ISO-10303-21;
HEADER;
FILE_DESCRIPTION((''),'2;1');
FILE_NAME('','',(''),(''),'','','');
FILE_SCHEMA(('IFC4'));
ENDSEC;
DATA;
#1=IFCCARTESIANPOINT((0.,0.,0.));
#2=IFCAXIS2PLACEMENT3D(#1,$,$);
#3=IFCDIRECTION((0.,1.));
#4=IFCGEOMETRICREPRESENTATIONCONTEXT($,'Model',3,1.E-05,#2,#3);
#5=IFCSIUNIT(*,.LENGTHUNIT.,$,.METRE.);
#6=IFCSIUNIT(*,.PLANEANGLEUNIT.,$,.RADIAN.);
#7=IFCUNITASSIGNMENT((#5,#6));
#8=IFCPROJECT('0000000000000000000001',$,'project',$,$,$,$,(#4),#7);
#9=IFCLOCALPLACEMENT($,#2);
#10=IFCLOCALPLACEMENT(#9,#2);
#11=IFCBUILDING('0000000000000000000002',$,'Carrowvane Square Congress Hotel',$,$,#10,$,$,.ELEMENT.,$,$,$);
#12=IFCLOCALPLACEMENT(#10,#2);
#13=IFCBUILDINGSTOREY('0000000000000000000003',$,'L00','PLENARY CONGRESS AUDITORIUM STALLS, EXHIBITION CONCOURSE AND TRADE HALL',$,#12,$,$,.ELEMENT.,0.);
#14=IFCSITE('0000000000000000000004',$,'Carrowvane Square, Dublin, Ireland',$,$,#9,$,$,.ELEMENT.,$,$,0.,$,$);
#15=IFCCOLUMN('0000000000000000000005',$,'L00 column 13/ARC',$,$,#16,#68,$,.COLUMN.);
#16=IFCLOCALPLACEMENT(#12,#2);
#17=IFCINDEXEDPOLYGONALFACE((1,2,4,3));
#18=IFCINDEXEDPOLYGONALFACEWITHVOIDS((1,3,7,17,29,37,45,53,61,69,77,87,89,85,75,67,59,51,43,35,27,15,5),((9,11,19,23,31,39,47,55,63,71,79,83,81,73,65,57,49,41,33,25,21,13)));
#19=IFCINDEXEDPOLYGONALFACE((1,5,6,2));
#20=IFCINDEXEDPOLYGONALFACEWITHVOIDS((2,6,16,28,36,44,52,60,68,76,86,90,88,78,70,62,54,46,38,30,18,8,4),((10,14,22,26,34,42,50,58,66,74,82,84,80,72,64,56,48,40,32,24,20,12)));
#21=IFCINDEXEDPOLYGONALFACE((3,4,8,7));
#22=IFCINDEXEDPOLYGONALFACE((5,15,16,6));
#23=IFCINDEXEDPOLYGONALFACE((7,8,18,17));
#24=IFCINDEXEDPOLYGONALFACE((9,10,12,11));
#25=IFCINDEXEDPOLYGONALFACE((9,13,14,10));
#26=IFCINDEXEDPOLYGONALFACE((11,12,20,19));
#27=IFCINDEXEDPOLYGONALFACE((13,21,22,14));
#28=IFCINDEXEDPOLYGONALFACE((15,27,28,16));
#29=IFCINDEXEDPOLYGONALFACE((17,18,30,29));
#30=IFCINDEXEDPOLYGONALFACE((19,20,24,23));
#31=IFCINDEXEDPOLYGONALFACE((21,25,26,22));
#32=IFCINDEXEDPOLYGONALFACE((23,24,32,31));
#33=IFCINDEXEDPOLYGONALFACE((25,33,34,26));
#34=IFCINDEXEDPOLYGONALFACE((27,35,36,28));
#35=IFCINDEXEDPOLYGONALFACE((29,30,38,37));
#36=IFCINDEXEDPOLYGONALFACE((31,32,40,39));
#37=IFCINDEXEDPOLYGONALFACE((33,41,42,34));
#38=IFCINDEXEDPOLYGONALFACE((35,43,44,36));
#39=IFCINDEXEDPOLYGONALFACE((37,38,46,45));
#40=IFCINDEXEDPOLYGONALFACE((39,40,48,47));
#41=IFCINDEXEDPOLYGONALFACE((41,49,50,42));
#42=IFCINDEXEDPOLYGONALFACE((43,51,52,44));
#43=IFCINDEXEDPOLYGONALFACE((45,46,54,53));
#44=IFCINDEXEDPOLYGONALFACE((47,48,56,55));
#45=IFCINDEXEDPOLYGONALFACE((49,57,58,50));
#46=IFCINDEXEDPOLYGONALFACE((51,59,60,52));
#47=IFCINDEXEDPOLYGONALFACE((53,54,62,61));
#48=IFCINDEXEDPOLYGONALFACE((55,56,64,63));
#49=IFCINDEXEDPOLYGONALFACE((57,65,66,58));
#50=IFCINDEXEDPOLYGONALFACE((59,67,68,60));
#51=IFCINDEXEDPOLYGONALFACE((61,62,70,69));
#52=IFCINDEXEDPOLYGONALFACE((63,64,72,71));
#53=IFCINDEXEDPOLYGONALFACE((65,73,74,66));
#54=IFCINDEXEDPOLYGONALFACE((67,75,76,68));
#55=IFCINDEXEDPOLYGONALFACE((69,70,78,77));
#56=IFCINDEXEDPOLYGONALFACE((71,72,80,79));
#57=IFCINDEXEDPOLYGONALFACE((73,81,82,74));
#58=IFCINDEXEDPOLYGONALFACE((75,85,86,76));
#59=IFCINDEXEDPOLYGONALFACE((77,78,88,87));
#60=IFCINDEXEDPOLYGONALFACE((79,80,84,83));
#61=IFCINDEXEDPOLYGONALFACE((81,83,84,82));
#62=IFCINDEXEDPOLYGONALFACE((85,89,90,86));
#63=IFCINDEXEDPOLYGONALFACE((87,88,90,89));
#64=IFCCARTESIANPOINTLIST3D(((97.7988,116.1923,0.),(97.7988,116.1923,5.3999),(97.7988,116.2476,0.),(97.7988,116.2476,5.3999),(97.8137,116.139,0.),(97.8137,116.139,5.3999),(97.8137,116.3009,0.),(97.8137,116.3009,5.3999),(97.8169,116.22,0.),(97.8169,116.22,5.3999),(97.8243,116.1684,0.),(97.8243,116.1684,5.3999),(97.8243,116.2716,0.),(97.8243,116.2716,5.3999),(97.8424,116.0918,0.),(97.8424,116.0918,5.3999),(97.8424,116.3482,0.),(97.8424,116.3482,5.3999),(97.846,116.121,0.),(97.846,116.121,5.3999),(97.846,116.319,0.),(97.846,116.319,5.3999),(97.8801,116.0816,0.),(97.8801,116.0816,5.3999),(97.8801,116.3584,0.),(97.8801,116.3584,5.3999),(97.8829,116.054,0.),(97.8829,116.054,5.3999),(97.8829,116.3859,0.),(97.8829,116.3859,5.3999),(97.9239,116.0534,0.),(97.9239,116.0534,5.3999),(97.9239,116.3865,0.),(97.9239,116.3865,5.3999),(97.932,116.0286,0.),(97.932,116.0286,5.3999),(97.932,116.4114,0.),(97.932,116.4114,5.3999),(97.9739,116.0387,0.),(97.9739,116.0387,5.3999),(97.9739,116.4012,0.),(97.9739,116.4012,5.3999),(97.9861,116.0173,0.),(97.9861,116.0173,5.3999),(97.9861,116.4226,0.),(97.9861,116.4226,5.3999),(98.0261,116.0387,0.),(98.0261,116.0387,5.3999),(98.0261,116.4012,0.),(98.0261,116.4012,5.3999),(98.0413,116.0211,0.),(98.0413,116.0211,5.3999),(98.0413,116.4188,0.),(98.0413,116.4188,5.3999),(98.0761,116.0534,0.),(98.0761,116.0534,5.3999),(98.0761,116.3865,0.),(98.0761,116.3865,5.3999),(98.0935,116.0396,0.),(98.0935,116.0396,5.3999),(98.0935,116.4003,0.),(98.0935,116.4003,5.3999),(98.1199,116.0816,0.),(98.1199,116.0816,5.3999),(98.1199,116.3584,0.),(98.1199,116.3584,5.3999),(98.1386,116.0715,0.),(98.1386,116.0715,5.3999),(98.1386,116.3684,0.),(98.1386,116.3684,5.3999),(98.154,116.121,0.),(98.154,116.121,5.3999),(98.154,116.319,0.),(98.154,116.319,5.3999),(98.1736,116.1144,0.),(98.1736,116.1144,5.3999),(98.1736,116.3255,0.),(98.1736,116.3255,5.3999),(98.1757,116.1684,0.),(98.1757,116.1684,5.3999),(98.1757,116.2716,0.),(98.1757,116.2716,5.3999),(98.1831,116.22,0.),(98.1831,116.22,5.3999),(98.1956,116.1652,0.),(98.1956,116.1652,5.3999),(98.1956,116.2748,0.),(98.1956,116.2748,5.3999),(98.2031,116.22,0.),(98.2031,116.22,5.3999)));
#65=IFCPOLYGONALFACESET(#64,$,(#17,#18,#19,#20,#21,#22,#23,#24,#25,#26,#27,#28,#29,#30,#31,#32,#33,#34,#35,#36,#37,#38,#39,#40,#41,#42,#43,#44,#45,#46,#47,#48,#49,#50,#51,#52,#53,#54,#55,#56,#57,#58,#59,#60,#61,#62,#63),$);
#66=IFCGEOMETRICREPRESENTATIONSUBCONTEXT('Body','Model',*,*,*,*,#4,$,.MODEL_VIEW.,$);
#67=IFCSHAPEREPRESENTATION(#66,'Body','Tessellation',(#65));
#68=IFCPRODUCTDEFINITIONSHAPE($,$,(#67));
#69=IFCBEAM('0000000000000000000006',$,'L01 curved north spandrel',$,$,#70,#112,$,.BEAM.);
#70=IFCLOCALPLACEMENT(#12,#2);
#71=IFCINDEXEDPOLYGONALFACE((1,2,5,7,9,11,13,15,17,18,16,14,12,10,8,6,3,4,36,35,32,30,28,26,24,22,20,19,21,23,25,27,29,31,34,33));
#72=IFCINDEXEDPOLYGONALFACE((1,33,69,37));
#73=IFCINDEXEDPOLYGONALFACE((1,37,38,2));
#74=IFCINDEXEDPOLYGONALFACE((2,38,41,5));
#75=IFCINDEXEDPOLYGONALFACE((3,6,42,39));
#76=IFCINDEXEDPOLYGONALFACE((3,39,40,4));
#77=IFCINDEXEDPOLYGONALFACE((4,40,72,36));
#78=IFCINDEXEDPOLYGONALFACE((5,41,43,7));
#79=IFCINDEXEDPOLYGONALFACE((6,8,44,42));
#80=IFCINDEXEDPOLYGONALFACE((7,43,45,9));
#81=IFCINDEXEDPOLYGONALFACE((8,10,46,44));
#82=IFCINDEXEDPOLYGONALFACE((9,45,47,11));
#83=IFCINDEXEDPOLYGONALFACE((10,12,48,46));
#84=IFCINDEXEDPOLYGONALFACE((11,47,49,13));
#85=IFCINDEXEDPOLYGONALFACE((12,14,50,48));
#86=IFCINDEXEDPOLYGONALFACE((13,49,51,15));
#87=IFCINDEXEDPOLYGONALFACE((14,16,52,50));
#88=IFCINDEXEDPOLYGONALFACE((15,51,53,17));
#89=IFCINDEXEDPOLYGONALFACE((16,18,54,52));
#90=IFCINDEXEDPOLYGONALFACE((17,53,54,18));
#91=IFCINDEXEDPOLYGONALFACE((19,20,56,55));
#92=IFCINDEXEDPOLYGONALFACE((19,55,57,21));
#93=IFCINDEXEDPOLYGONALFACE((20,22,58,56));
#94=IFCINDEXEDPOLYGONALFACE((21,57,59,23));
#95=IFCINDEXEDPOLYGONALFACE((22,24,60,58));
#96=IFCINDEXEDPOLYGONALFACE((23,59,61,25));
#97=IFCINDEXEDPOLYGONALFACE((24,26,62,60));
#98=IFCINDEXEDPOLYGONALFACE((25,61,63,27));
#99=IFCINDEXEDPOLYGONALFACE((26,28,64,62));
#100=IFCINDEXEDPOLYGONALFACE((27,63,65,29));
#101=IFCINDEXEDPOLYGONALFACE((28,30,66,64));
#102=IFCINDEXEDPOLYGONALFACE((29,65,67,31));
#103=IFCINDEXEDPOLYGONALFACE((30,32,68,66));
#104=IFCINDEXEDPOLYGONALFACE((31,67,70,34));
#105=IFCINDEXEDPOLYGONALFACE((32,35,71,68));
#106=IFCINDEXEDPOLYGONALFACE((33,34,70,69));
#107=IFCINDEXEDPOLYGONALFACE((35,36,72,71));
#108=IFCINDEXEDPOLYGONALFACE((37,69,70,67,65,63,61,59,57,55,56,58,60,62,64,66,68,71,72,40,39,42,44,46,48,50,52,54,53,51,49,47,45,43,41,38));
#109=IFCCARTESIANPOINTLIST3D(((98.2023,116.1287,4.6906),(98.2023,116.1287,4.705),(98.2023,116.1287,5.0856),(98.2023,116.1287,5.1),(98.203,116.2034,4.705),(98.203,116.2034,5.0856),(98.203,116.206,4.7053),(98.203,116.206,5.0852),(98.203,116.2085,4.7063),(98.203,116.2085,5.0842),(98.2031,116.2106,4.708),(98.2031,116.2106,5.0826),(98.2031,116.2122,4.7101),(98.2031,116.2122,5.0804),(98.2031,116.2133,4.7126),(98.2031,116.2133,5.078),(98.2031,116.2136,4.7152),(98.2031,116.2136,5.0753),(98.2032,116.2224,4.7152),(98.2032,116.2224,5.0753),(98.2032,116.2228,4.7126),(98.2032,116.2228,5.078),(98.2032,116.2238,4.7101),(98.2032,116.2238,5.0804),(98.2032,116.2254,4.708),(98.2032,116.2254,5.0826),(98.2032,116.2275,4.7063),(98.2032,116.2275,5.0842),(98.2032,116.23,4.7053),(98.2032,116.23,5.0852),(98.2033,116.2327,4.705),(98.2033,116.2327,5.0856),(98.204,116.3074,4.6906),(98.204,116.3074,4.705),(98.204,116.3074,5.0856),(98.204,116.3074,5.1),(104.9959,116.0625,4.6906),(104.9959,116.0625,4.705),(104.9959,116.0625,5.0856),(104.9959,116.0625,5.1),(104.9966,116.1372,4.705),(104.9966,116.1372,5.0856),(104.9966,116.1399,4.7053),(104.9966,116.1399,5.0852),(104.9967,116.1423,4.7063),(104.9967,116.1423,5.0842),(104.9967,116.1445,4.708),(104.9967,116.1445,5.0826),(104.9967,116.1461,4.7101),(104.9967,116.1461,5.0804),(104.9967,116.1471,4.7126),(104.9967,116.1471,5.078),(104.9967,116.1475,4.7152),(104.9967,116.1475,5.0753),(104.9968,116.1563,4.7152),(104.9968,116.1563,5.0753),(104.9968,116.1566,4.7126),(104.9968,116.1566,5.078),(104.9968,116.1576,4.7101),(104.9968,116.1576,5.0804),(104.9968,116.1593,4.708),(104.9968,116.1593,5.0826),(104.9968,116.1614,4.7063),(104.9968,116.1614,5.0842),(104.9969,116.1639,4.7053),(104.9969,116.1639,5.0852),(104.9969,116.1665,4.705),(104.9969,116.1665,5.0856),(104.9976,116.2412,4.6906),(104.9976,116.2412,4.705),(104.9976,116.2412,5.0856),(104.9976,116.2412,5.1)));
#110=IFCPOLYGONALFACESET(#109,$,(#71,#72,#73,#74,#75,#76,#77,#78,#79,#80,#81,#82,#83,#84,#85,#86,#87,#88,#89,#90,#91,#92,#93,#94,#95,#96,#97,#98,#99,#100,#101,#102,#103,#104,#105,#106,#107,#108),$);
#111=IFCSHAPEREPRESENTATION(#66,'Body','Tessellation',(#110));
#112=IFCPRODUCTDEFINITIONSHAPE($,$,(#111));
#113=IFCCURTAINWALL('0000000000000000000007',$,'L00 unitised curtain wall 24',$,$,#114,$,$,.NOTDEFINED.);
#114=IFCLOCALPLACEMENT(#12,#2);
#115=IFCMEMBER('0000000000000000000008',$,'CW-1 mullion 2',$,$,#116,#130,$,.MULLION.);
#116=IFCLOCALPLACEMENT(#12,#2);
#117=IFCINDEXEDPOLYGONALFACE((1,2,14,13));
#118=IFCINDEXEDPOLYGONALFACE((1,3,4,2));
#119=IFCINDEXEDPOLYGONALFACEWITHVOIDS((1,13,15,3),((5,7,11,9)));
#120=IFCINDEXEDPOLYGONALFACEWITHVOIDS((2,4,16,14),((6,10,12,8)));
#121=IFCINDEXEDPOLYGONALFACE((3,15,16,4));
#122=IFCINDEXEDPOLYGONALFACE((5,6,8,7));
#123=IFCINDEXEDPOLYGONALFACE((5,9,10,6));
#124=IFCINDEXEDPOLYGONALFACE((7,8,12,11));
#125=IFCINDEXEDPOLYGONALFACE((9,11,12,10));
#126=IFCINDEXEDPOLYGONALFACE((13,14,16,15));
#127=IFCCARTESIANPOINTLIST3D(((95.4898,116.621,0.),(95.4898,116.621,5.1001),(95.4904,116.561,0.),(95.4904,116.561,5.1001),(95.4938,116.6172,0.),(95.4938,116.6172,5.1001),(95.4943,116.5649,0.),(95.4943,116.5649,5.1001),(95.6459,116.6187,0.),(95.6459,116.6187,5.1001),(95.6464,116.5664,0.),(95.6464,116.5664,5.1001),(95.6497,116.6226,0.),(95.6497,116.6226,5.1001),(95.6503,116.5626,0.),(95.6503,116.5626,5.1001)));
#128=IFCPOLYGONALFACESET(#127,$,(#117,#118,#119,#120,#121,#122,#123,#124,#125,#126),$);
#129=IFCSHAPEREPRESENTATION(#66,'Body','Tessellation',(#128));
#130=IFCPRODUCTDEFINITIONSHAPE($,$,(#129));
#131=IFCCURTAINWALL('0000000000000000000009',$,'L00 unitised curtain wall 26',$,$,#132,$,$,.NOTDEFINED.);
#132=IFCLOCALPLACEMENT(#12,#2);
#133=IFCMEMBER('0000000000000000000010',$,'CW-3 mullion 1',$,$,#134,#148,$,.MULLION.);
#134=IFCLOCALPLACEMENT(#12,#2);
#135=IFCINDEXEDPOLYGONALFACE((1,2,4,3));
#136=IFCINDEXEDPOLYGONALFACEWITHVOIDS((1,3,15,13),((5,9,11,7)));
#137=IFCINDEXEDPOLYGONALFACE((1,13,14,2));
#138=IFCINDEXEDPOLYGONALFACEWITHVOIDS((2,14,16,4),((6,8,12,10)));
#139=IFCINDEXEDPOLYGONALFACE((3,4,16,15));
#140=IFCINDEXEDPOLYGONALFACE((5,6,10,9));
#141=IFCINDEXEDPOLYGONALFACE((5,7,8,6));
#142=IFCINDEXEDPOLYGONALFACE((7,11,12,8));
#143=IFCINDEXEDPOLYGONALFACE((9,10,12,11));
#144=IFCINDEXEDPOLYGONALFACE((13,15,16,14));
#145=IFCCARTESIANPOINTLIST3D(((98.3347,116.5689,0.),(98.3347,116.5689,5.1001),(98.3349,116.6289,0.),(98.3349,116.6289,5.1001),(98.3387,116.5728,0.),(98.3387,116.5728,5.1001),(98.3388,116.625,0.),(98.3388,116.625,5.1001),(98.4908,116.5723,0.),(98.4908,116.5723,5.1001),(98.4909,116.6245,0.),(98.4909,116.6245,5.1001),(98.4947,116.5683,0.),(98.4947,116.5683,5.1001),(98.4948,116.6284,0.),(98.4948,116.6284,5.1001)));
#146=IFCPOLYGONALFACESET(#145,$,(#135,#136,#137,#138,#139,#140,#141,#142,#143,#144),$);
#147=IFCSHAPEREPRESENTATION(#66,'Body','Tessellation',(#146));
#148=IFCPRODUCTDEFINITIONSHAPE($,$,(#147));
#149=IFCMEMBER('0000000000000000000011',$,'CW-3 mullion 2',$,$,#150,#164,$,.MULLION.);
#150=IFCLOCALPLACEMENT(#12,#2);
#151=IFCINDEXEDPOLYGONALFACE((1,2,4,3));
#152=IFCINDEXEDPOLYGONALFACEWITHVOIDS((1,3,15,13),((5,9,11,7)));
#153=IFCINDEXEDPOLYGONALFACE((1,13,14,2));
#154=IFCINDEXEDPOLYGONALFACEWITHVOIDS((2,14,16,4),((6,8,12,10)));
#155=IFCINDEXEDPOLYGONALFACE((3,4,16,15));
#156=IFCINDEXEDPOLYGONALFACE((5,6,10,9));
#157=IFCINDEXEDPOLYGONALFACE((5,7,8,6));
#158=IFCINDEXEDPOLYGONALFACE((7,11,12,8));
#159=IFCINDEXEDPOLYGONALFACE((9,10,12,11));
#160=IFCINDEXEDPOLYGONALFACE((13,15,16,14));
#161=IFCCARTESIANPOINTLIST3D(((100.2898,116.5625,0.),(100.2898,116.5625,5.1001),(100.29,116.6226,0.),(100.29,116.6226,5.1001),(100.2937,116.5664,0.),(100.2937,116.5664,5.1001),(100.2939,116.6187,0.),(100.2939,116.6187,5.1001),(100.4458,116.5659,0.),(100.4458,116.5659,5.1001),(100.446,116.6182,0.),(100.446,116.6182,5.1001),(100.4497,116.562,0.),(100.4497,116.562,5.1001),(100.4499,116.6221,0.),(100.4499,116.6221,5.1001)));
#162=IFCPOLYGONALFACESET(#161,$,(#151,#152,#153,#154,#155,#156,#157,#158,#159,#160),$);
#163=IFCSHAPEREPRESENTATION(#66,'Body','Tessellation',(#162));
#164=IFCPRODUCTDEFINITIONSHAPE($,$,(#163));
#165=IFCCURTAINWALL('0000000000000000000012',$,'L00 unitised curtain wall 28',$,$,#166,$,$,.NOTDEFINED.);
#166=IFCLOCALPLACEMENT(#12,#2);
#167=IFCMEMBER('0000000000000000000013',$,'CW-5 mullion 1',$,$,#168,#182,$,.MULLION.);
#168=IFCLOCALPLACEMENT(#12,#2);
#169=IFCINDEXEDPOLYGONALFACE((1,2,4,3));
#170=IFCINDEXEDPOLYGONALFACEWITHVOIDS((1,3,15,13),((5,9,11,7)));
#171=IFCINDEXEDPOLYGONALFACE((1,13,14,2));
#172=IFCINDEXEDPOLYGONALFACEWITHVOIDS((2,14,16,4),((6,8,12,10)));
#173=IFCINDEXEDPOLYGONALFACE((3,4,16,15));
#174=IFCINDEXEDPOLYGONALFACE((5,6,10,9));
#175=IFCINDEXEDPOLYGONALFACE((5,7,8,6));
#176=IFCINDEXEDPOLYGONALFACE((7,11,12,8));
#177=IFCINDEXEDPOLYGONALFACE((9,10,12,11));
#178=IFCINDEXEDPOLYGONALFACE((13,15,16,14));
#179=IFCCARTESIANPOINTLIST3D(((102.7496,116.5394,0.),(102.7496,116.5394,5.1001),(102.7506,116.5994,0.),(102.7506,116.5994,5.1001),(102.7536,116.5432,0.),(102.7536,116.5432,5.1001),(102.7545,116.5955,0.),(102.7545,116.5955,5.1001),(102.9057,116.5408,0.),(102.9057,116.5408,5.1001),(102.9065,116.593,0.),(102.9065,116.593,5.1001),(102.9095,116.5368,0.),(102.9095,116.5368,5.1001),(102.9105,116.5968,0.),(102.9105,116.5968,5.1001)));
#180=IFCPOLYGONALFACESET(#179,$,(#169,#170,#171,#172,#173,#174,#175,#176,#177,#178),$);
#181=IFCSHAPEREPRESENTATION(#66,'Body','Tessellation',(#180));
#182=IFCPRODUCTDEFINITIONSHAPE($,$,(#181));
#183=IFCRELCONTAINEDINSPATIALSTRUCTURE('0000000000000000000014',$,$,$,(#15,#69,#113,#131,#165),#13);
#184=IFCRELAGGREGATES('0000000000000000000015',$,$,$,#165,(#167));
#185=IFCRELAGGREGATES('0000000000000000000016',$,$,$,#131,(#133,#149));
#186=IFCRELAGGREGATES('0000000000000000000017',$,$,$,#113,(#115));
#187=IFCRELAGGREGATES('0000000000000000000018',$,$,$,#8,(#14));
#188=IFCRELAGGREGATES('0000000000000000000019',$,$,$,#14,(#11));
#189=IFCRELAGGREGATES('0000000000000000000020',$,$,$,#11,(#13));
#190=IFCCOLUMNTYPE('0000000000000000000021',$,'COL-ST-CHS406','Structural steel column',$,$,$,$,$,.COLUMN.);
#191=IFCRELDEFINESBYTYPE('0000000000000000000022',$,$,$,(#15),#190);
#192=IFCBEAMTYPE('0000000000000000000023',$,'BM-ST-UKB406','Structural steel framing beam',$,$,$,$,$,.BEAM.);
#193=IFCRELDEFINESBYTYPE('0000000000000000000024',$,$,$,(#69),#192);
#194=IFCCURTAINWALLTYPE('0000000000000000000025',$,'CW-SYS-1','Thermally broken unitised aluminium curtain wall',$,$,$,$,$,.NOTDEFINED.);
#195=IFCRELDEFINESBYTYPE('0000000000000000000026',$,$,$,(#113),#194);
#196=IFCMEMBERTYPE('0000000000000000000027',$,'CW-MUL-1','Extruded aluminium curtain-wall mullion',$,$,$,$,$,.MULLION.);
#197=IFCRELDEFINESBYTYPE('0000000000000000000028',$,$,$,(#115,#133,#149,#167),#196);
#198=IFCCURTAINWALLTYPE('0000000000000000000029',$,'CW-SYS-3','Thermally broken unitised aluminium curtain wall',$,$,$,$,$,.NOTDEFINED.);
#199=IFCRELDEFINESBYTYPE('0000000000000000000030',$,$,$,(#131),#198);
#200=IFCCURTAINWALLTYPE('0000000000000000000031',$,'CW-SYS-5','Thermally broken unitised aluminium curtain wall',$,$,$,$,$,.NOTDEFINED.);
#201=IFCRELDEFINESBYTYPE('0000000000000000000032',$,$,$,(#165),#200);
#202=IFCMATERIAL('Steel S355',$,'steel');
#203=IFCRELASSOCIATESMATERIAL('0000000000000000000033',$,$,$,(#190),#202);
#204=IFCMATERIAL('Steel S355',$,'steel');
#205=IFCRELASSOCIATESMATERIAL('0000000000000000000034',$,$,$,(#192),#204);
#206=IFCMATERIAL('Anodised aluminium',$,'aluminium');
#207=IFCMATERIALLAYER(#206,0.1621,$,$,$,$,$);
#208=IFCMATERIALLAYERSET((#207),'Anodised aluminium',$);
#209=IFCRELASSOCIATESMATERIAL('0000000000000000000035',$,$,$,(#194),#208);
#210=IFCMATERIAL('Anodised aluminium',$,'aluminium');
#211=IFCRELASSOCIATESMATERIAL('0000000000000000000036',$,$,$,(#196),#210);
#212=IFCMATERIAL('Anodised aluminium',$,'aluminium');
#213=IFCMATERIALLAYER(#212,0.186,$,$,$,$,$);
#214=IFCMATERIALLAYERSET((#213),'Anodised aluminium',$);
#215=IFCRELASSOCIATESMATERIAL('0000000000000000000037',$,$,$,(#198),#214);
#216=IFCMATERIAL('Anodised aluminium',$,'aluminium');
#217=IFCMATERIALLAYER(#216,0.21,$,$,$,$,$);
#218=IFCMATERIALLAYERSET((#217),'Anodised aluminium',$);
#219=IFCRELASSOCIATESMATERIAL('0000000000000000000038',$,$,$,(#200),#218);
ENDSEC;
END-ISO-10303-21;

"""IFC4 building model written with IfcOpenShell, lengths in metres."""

from ifc_helpers import new_model, si_unit, direction, frame, origin, origin_2d, place, context, subcontext, project, spatial, hollow_rectangle, hollow_circle, i_section, extrude, material, layer, layer_set, material_profile, profile_set, type_object, element, aggregate, save


model = new_model("IFC4")

# Units and contexts
model_context = context("Model", 3, precision=1e-05, world=origin(), true_north=direction((0.0, 1.0)))
body_context = subcontext(model_context, "Body", "Model", "MODEL_VIEW")
ifc_project = project(units=[si_unit("LENGTHUNIT", "METRE"), si_unit("PLANEANGLEUNIT", "RADIAN")], contexts=[model_context])

# Site, building, storey
site_placement = place(None, origin())
site = spatial("IfcSite", under=ifc_project, at=site_placement, Name="Carrowvane Square, Dublin, Ireland", CompositionType="ELEMENT", RefElevation=0.0)
building_placement = place(site_placement, origin())
building = spatial("IfcBuilding", under=site, at=building_placement, Name="Carrowvane Square Congress Hotel", CompositionType="ELEMENT")
storey_placement = place(building_placement, origin())
storey = spatial("IfcBuildingStorey", under=building, at=storey_placement, Name="L00", Description="PLENARY CONGRESS AUDITORIUM STALLS, EXHIBITION CONCOURSE AND TRADE HALL", CompositionType="ELEMENT", Elevation=0.0)

# Column
ifc_material_1 = material(Name="Steel S355", Category="steel")
ifc_material_profile_1 = material_profile(ifc_material_1, hollow_circle(Radius=0.2031, WallThickness=0.02, at=origin_2d()), Name="CHS 406.4x20")
ifc_profile_set_1 = profile_set([ifc_material_profile_1], Name="Steel S355")
column_type = type_object("IfcColumnType", Name="COL-ST-CHS406", Description="Structural steel column", PredefinedType="COLUMN", material=ifc_profile_set_1)
column_placement = place(storey_placement, frame((98.0, 116.22, 0.0), z_axis=(0.0, 0.0, 1.0), x_axis=(1.0, 0.0, 0.0)))
element("IfcColumn", 1, at=column_placement, inside=storey, type_object=column_type, Name="L00 column 13/ARC", PredefinedType="COLUMN", context=body_context, shape_type="SweptSolid", body=[
    extrude(hollow_circle(Radius=0.2031, WallThickness=0.02, at=origin_2d()), origin(), (0.0, 0.0, 1.0), 5.3999),
])

# Beam
ifc_material_2 = material(Name="Steel S355", Category="steel")
ifc_material_profile_2 = material_profile(ifc_material_2, i_section(OverallWidth=0.1787, OverallDepth=0.4094, WebThickness=0.0088, FlangeThickness=0.0144, FilletRadius=0.0103, at=origin_2d()), Name="UKB 406x178x67")
ifc_profile_set_2 = profile_set([ifc_material_profile_2], Name="Steel S355")
beam_type = type_object("IfcBeamType", Name="BM-ST-UKB406", Description="Structural steel framing beam", PredefinedType="BEAM", material=ifc_profile_set_2)
beam_placement = place(storey_placement, frame((98.2031, 116.218, 4.8953), z_axis=(0.999953, -0.009738, 0.0), x_axis=(0.009738, 0.999953, 0.0)))
element("IfcBeam", 2, at=beam_placement, inside=storey, type_object=beam_type, Name="L01 curved north spandrel", PredefinedType="BEAM", context=body_context, shape_type="SweptSolid", body=[
    extrude(i_section(OverallWidth=0.1787, OverallDepth=0.4094, WebThickness=0.0088, FlangeThickness=0.0144, FilletRadius=0.0103, at=origin_2d()), origin(), (0.0, 0.0, 1.0), 6.7939),
])

# Curtain wall, member
ifc_material_3 = material(Name="Anodised aluminium", Category="aluminium")
ifc_layer_1 = layer(ifc_material_3, 0.1621)
ifc_layer_set_1 = layer_set([ifc_layer_1], Name="Anodised aluminium")
curtain_wall_type_1 = type_object("IfcCurtainWallType", Name="CW-SYS-1", Description="Thermally broken unitised aluminium curtain wall", PredefinedType="NOTDEFINED", material=ifc_layer_set_1)
curtain_wall_1_placement = place(storey_placement, origin())
curtain_wall_1 = element("IfcCurtainWall", 3, at=curtain_wall_1_placement, inside=storey, type_object=curtain_wall_type_1, Name="L00 unitised curtain wall 24", PredefinedType="NOTDEFINED")
ifc_material_4 = material(Name="Anodised aluminium", Category="aluminium")
ifc_material_profile_3 = material_profile(ifc_material_4, hollow_rectangle(XDim=0.0601, YDim=0.1599, WallThickness=0.0039, at=origin_2d()), Name="CW-ML 60x160x4")
ifc_profile_set_3 = profile_set([ifc_material_profile_3], Name="Anodised aluminium")
member_type_1 = type_object("IfcMemberType", Name="CW-MUL-1", Description="Extruded aluminium curtain-wall mullion", PredefinedType="MULLION", material=ifc_profile_set_3)
member_1_placement = place(storey_placement, frame((95.5701, 116.5918, 0.0), z_axis=(0.0, 0.0, 1.0), x_axis=(-0.009783, 0.999952, 0.0)))
member_1 = element("IfcMember", 4, at=member_1_placement, type_object=member_type_1, Name="CW-1 mullion 2", PredefinedType="MULLION", context=body_context, shape_type="SweptSolid", body=[
    extrude(hollow_rectangle(XDim=0.0601, YDim=0.1599, WallThickness=0.0039, at=origin_2d()), origin(), (0.0, 0.0, 1.0), 5.1001),
])

# Curtain wall, members
ifc_material_5 = material(Name="Anodised aluminium", Category="aluminium")
ifc_layer_2 = layer(ifc_material_5, 0.186)
ifc_layer_set_2 = layer_set([ifc_layer_2], Name="Anodised aluminium")
curtain_wall_type_2 = type_object("IfcCurtainWallType", Name="CW-SYS-3", Description="Thermally broken unitised aluminium curtain wall", PredefinedType="NOTDEFINED", material=ifc_layer_set_2)
curtain_wall_2_placement = place(storey_placement, origin())
curtain_wall_2 = element("IfcCurtainWall", 5, at=curtain_wall_2_placement, inside=storey, type_object=curtain_wall_type_2, Name="L00 unitised curtain wall 26", PredefinedType="NOTDEFINED")
member_2_placement = place(storey_placement, frame((98.4148, 116.5986, 0.0), z_axis=(0.0, 0.0, 1.0), x_axis=(0.00327, 0.999995, 0.0)))
member_2 = element("IfcMember", 6, at=member_2_placement, type_object=member_type_1, Name="CW-3 mullion 1", PredefinedType="MULLION", context=body_context, shape_type="SweptSolid", body=[
    extrude(hollow_rectangle(XDim=0.0601, YDim=0.1599, WallThickness=0.0039, at=origin_2d()), origin(), (0.0, 0.0, 1.0), 5.1001),
])
member_3_placement = place(storey_placement, frame((100.3699, 116.5923, 0.0), z_axis=(0.0, 0.0, 1.0), x_axis=(0.00327, 0.999995, 0.0)))
member_3 = element("IfcMember", 7, at=member_3_placement, type_object=member_type_1, Name="CW-3 mullion 2", PredefinedType="MULLION", context=body_context, shape_type="SweptSolid", body=[
    extrude(hollow_rectangle(XDim=0.0601, YDim=0.1599, WallThickness=0.0039, at=origin_2d()), origin(), (0.0, 0.0, 1.0), 5.1001),
])

# Curtain wall, member
ifc_material_6 = material(Name="Anodised aluminium", Category="aluminium")
ifc_layer_3 = layer(ifc_material_6, 0.21)
ifc_layer_set_3 = layer_set([ifc_layer_3], Name="Anodised aluminium")
curtain_wall_type_3 = type_object("IfcCurtainWallType", Name="CW-SYS-5", Description="Thermally broken unitised aluminium curtain wall", PredefinedType="NOTDEFINED", material=ifc_layer_set_3)
curtain_wall_3_placement = place(storey_placement, origin())
curtain_wall_3 = element("IfcCurtainWall", 8, at=curtain_wall_3_placement, inside=storey, type_object=curtain_wall_type_3, Name="L00 unitised curtain wall 28", PredefinedType="NOTDEFINED")
member_4_placement = place(storey_placement, frame((102.8301, 116.5681, 0.0), z_axis=(0.0, 0.0, 1.0), x_axis=(0.016216, 0.999869, 0.0)))
member_4 = element("IfcMember", 9, at=member_4_placement, type_object=member_type_1, Name="CW-5 mullion 1", PredefinedType="MULLION", context=body_context, shape_type="SweptSolid", body=[
    extrude(hollow_rectangle(XDim=0.0601, YDim=0.1599, WallThickness=0.0039, at=origin_2d()), origin(), (0.0, 0.0, 1.0), 5.1001),
])
aggregate(curtain_wall_3, [member_4])

aggregate(curtain_wall_2, [member_2, member_3])
aggregate(curtain_wall_1, [member_1])

save(model, "model.ifc")
